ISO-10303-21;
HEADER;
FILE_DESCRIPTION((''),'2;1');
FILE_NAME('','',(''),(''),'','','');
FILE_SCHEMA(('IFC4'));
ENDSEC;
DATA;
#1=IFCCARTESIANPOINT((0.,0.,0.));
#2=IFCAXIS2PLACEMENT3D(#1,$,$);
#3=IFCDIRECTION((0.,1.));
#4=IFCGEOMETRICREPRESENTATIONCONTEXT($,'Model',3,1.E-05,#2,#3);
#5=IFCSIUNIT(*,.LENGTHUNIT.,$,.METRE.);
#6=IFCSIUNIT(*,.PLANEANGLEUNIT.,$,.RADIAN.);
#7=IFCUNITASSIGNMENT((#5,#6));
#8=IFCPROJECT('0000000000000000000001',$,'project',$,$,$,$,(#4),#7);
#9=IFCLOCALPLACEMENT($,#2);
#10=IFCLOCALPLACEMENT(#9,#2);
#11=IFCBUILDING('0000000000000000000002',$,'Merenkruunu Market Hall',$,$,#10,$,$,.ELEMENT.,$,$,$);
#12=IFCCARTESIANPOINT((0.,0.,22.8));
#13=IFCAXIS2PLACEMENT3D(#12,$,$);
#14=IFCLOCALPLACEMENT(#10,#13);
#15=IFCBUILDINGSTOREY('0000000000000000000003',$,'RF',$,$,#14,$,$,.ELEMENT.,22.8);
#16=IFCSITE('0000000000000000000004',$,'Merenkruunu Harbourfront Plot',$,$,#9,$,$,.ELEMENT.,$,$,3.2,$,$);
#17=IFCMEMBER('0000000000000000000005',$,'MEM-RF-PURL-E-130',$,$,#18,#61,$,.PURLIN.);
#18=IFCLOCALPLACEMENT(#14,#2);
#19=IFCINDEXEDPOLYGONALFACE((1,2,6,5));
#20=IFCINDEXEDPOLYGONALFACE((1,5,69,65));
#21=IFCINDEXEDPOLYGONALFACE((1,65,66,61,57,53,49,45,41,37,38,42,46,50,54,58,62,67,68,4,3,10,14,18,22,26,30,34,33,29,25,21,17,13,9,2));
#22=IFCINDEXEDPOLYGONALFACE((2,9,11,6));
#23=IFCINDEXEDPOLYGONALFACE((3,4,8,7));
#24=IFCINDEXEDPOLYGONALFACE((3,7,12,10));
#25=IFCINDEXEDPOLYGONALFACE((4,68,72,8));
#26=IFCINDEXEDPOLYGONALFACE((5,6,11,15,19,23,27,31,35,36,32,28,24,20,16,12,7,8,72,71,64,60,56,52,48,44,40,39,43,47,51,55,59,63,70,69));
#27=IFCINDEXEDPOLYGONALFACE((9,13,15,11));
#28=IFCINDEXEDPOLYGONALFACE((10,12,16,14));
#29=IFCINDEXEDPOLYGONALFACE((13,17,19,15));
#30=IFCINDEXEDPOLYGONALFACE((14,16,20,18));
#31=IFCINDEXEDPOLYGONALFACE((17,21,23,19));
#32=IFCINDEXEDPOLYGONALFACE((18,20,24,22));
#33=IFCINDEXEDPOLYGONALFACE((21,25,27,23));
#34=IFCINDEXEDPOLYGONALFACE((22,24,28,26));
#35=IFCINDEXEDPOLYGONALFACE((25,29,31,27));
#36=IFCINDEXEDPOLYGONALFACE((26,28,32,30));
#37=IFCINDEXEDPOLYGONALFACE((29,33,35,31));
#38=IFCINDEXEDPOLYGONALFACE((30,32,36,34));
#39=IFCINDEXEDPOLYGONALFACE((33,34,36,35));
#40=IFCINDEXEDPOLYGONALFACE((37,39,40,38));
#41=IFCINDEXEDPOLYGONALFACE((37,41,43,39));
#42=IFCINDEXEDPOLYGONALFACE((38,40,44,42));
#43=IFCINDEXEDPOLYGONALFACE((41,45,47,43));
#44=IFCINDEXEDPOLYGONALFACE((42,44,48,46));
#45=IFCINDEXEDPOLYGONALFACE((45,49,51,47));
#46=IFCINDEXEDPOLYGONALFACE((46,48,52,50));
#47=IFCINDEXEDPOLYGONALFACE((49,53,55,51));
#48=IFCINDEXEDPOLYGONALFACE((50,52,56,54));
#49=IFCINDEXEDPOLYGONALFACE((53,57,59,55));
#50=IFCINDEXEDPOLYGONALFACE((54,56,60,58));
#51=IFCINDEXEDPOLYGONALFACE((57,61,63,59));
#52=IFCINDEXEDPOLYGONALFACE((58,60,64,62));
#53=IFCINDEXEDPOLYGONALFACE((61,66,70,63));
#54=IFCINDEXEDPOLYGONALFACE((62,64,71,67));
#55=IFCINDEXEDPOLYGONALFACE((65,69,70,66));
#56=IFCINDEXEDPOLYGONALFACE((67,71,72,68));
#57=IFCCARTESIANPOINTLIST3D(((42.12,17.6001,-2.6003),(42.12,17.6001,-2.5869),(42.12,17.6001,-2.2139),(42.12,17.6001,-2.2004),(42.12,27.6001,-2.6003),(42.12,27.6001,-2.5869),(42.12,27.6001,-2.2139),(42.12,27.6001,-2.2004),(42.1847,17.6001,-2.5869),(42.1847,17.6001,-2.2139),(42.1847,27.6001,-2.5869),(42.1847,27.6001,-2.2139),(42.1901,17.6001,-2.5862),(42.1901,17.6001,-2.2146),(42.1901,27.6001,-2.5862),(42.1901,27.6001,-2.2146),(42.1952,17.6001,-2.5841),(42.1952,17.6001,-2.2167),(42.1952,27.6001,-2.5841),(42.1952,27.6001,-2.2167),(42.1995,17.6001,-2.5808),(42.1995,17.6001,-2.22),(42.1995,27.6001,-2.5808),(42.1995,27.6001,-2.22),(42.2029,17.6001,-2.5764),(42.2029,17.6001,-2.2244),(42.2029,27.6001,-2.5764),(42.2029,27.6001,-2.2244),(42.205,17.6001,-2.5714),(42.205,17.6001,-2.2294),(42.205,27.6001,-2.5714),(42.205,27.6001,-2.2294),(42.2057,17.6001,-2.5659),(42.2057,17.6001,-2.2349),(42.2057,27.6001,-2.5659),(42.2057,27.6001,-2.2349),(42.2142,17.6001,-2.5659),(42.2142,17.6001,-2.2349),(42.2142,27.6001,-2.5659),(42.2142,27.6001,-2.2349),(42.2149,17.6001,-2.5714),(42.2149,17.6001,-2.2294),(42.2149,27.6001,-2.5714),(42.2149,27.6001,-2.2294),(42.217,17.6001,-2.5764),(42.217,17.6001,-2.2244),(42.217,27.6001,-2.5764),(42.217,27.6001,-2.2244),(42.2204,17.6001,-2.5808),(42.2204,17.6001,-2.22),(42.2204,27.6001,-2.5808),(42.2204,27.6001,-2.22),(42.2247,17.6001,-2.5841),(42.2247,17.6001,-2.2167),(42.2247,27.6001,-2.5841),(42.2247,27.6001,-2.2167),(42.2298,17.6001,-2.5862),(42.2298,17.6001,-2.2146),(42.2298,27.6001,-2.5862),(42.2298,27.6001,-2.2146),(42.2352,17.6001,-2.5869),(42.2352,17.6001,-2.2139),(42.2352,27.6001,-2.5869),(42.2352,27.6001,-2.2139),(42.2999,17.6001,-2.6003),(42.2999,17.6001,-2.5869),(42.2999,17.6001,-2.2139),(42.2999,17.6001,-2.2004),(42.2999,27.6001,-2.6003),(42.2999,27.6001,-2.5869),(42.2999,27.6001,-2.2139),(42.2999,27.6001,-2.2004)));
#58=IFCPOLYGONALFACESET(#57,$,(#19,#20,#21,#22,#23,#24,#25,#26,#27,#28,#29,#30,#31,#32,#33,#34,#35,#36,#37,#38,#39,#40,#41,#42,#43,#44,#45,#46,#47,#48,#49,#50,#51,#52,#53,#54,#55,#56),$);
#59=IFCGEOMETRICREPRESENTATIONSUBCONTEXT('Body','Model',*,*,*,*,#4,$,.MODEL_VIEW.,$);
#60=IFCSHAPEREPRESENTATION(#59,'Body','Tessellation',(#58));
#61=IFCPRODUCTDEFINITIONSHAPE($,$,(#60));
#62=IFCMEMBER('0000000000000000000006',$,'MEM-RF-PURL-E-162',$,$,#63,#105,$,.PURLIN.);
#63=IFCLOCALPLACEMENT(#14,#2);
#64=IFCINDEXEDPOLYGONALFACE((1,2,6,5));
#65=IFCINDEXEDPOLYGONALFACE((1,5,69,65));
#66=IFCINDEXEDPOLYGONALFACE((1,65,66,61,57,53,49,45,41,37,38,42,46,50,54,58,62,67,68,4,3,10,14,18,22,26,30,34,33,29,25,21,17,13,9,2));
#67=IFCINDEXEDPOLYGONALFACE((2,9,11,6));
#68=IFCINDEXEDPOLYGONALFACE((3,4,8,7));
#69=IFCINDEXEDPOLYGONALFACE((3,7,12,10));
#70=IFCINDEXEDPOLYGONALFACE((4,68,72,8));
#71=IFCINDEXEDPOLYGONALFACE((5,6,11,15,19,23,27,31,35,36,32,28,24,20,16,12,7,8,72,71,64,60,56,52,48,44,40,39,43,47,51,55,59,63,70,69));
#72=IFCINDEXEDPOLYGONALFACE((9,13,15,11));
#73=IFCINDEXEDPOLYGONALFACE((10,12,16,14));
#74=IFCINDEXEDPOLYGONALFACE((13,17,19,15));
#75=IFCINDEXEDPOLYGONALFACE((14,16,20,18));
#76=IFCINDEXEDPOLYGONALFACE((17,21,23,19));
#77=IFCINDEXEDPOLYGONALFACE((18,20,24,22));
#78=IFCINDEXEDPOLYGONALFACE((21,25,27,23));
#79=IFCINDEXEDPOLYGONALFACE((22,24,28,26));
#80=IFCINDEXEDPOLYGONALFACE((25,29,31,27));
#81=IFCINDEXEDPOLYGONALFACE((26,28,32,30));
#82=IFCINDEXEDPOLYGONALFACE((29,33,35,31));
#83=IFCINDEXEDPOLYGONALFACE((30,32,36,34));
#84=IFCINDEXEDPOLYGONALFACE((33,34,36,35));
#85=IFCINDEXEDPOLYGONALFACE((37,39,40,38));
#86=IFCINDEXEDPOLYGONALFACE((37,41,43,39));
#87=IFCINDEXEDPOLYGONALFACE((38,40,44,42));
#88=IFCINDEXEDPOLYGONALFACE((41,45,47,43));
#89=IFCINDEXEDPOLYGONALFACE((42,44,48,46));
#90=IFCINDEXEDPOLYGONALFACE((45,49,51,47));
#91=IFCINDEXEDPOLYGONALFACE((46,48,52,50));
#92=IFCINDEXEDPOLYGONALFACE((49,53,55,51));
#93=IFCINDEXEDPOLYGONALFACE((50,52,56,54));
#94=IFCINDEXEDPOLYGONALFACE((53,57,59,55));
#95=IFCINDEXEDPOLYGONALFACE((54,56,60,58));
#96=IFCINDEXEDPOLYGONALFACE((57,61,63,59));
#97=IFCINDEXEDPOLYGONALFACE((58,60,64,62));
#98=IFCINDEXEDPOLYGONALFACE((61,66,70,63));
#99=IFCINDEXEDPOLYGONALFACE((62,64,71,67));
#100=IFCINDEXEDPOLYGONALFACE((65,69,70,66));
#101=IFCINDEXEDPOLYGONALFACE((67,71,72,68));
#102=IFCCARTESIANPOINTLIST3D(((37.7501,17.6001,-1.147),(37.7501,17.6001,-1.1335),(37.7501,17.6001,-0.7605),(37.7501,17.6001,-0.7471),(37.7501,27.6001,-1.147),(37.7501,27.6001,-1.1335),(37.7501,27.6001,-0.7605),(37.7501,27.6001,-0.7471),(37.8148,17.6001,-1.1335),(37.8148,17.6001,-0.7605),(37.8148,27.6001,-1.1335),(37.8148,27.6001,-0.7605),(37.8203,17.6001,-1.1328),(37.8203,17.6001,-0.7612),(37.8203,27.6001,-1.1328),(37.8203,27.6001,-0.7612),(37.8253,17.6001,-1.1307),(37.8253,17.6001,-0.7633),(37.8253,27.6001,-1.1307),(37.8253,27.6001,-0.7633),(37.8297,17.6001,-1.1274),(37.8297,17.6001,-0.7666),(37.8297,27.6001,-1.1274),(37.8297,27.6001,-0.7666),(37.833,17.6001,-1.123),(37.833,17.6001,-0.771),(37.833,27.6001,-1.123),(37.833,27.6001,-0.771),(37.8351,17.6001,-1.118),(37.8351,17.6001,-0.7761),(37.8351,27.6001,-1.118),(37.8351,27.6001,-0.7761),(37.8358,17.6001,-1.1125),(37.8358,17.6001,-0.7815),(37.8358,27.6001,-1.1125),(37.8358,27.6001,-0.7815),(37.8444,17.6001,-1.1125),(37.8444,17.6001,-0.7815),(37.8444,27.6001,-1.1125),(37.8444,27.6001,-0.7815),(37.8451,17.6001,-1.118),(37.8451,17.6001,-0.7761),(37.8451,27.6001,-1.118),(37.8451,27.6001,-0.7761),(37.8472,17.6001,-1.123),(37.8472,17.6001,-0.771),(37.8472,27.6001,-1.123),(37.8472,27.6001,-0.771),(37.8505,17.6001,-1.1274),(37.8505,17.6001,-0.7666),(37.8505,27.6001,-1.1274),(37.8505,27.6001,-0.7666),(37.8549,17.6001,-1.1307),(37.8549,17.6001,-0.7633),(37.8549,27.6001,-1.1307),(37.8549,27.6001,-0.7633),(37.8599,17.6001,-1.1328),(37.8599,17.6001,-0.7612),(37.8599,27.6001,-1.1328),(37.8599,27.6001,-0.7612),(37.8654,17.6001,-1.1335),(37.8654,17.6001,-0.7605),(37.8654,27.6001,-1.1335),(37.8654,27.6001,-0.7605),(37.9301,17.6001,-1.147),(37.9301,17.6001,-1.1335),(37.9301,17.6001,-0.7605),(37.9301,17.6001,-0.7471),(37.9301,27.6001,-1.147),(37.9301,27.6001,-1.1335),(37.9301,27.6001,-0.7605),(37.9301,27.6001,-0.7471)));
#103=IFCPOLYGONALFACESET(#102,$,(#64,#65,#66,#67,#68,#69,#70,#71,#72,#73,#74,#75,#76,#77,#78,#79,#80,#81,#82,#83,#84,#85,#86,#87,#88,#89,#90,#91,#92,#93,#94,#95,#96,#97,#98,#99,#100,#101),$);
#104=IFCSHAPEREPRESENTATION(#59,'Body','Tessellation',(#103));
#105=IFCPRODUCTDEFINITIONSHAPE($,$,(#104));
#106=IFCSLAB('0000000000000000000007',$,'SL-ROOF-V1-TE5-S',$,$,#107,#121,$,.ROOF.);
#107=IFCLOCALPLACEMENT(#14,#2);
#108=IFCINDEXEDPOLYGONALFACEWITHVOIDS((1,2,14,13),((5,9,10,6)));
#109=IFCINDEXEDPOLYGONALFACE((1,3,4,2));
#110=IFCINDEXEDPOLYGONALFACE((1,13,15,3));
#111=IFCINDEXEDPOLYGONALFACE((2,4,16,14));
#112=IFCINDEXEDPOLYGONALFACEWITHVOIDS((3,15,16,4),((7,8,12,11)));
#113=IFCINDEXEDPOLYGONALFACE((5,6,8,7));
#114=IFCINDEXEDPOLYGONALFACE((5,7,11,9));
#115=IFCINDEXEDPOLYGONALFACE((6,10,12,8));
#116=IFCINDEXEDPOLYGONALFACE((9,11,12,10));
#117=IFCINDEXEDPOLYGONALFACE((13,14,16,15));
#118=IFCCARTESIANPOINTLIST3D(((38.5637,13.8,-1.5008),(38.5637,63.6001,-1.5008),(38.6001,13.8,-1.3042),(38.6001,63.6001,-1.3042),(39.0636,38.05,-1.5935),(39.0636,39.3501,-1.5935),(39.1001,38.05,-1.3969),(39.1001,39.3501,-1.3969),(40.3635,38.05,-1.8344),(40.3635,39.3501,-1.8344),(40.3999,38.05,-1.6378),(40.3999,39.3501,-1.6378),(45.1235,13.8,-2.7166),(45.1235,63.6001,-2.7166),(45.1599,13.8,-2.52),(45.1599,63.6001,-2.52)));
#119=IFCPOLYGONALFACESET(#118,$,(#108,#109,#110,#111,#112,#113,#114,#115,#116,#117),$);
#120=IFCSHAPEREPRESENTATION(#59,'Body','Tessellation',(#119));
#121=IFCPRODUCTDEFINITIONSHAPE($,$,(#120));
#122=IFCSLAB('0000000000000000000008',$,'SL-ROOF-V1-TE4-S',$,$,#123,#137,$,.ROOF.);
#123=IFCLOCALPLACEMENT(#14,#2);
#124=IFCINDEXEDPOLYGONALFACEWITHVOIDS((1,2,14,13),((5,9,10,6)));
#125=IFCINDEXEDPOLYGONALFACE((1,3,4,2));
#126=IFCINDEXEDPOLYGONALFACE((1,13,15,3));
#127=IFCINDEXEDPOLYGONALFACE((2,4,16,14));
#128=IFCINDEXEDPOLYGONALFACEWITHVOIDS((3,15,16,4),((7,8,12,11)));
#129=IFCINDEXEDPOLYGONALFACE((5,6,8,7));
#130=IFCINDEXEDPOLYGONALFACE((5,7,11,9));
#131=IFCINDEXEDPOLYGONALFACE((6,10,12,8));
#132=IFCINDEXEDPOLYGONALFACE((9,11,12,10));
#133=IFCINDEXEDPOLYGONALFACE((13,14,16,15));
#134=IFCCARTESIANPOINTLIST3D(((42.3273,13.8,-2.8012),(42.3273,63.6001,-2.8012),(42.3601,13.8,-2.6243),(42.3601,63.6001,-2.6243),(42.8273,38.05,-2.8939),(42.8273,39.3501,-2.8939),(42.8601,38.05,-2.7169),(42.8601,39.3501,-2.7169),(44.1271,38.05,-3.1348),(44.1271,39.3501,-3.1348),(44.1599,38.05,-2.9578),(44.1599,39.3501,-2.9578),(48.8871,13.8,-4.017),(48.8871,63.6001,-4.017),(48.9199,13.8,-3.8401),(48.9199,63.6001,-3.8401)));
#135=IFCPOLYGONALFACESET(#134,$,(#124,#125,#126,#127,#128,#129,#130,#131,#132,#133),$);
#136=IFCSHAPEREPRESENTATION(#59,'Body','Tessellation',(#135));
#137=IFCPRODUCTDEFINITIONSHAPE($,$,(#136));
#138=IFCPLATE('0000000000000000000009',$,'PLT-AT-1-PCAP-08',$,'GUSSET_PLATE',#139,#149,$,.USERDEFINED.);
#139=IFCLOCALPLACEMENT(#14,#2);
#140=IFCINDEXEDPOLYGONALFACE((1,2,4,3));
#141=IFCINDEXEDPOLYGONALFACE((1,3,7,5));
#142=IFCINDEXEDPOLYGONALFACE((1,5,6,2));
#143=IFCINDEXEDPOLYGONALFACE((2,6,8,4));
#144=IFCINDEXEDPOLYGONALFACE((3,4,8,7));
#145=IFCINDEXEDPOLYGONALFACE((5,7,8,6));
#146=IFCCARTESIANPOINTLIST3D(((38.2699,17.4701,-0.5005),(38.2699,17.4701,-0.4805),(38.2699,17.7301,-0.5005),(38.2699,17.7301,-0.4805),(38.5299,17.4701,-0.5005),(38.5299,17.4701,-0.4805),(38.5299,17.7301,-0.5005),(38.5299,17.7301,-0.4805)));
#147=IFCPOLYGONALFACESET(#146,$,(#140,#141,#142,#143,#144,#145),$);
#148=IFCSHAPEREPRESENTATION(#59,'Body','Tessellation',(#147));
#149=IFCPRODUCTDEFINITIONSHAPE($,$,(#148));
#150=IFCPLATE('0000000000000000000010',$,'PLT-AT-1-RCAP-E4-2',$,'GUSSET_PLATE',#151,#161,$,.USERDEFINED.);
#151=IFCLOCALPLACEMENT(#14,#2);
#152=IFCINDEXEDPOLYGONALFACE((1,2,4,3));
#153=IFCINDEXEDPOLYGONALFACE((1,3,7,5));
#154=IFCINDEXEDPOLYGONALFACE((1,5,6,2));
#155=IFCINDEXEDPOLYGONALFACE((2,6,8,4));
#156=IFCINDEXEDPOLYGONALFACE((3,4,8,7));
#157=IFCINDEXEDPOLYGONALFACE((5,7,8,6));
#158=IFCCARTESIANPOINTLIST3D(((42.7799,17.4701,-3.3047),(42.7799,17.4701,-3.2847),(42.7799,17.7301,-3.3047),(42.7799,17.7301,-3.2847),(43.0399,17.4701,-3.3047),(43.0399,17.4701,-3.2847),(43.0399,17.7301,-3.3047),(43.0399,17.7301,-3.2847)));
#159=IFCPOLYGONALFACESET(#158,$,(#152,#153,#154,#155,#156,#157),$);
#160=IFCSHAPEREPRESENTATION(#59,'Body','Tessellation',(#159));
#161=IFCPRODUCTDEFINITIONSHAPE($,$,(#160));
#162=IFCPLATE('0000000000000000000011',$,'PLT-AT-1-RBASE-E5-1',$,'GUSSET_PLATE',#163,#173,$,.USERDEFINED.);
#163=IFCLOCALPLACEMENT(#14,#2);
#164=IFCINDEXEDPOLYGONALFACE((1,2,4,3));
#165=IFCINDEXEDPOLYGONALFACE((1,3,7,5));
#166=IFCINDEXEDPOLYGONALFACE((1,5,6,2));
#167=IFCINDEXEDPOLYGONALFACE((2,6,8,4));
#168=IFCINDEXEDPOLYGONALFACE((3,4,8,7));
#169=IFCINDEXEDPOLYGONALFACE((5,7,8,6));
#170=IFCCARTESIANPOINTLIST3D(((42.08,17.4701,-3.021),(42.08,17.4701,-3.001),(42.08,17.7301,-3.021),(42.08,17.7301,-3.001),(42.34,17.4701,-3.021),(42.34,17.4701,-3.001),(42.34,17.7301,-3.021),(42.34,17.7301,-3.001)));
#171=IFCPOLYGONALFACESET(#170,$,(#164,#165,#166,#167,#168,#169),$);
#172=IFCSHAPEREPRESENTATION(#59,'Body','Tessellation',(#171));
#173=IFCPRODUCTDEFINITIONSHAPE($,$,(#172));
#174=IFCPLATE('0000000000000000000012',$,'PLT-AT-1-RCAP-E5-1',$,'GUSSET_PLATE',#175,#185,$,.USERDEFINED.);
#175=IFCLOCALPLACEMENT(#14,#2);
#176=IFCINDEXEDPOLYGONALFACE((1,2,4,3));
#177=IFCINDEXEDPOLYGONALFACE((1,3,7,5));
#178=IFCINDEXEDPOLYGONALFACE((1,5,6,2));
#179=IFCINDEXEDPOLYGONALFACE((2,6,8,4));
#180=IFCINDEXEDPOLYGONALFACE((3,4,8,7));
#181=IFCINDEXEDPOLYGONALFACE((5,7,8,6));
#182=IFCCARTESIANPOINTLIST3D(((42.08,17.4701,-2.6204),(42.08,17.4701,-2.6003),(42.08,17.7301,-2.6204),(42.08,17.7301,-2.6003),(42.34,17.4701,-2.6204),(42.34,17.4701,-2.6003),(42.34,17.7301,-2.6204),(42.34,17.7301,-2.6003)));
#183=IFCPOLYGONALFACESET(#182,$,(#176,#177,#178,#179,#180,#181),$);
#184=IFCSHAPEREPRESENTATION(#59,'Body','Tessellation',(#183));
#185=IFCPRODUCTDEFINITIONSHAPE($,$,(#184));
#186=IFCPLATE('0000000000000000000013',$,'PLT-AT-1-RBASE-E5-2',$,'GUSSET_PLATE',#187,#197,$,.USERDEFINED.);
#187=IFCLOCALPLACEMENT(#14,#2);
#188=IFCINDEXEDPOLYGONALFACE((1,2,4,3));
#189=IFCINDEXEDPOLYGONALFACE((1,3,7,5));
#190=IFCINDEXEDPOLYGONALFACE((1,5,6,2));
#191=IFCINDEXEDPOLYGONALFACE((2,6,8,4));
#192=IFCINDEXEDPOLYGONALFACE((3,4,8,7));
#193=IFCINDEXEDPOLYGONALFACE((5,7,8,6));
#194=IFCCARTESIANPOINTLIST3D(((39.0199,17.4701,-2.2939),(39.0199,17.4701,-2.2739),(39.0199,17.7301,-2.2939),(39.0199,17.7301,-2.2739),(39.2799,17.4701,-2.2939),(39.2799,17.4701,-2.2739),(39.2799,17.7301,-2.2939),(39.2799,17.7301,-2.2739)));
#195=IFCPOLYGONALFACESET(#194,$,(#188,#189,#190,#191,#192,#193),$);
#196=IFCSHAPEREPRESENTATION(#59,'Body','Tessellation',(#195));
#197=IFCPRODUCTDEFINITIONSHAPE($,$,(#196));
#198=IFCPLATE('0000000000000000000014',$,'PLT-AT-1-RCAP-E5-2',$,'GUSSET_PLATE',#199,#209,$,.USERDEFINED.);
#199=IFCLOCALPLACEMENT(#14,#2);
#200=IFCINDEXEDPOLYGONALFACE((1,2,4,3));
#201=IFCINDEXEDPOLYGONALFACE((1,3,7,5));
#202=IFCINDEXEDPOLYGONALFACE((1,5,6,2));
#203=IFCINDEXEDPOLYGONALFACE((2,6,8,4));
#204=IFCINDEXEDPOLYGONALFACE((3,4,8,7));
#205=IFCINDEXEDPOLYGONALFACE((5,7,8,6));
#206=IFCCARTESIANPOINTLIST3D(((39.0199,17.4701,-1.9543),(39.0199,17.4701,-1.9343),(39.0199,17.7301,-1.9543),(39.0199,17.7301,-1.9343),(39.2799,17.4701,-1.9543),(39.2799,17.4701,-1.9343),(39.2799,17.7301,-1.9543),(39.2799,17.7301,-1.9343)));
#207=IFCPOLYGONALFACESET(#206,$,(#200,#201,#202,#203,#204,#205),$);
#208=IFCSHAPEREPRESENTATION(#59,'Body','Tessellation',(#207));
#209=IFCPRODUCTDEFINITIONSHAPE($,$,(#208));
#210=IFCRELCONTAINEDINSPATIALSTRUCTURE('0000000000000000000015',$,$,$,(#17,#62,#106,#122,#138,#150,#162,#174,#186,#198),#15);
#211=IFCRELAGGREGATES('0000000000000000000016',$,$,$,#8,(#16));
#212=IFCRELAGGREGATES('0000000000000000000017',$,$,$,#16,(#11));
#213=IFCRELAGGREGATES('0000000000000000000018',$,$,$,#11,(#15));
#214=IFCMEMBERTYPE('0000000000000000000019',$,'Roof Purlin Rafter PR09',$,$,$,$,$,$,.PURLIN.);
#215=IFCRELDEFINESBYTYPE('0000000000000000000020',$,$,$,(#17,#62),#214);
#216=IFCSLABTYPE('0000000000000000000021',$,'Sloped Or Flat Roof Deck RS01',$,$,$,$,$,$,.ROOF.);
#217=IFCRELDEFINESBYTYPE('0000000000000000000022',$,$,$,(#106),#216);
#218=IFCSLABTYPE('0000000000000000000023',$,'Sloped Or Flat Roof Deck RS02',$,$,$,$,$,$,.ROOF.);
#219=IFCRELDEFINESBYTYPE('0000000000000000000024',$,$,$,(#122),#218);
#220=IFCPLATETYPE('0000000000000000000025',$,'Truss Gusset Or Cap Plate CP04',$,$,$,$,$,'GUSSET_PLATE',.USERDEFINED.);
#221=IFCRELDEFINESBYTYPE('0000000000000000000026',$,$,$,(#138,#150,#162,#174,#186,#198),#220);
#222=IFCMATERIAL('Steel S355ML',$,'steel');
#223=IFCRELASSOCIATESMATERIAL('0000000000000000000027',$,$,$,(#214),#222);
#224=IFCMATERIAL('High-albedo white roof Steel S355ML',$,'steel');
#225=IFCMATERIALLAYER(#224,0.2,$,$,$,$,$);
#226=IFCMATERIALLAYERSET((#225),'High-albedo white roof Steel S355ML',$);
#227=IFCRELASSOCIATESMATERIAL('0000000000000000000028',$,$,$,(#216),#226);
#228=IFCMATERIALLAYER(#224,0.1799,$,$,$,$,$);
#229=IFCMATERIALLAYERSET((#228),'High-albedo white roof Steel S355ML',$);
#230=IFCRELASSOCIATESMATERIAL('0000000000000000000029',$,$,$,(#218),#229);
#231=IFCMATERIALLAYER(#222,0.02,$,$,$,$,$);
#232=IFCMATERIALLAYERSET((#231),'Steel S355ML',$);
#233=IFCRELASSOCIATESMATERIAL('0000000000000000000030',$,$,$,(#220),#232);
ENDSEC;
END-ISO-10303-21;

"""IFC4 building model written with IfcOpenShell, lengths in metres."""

from ifc_helpers import new_model, si_unit, direction, frame, origin, origin_2d, place, context, subcontext, project, spatial, polyline, rectangle, i_section, outline, extrude, material, layer, layer_set, material_profile, profile_set, type_object, element, save


model = new_model("IFC4")

# Units and contexts
model_context = context("Model", 3, precision=1e-05, world=origin(), true_north=direction((0.0, 1.0)))
body_context = subcontext(model_context, "Body", "Model", "MODEL_VIEW")
ifc_project = project(units=[si_unit("LENGTHUNIT", "METRE"), si_unit("PLANEANGLEUNIT", "RADIAN")], contexts=[model_context])

# Site, building, storey
site_placement = place(None, origin())
site = spatial("IfcSite", under=ifc_project, at=site_placement, Name="Merenkruunu Harbourfront Plot", CompositionType="ELEMENT", RefElevation=3.2)
building_placement = place(site_placement, origin())
building = spatial("IfcBuilding", under=site, at=building_placement, Name="Merenkruunu Market Hall", CompositionType="ELEMENT")
storey_placement = place(building_placement, frame((0.0, 0.0, 22.8)))
storey = spatial("IfcBuildingStorey", under=building, at=storey_placement, Name="RF", CompositionType="ELEMENT", Elevation=22.8)

# Shared definitions
ifc_material_1 = material(Name="Steel S355ML", Category="steel")

# Members
ifc_material_profile_1 = material_profile(ifc_material_1, i_section(OverallWidth=0.1799, OverallDepth=0.3999, WebThickness=0.0085, FlangeThickness=0.0134, FilletRadius=0.021, at=origin_2d()), Name="IPE 400")
ifc_profile_set_1 = profile_set([ifc_material_profile_1], Name="Steel S355ML")
member_type_1 = type_object("IfcMemberType", Name="Roof Purlin Rafter PR09", PredefinedType="PURLIN", material=ifc_profile_set_1)
for number, where, z_axis, x_axis, name in (
    (1, (42.21, 17.6001, -2.4004), (0.0, 1.0, 0.0), (-1.0, 0.0, 0.0), "MEM-RF-PURL-E-130"),
    (2, (37.8401, 17.6001, -0.947), (0.0, 1.0, 0.0), (-1.0, 0.0, 0.0), "MEM-RF-PURL-E-162"),
):
    element("IfcMember", number, at=place(storey_placement, frame(where, z_axis=z_axis, x_axis=x_axis)), inside=storey, type_object=member_type_1, Name=name, PredefinedType="PURLIN", context=body_context, shape_type="SweptSolid", body=[
        extrude(i_section(OverallWidth=0.1799, OverallDepth=0.3999, WebThickness=0.0085, FlangeThickness=0.0134, FilletRadius=0.021, at=origin_2d()), origin(), (0.0, 0.0, 1.0), 10.0),
    ])

# Slabs
ifc_material_2 = material(Name="High-albedo white roof Steel S355ML", Category="steel")
ifc_layer_1 = layer(ifc_material_2, 0.2)
ifc_layer_set_1 = layer_set([ifc_layer_1], Name="High-albedo white roof Steel S355ML")
slab_type_1 = type_object("IfcSlabType", Name="Sloped Or Flat Roof Deck RS01", PredefinedType="ROOF", material=ifc_layer_set_1)
slab_1_placement = place(storey_placement, frame((38.6001, 13.8, -1.3042), z_axis=(0.18224, 0.0, 0.983254), x_axis=(0.983254, 0.0, -0.18224)))
element("IfcSlab", 3, at=slab_1_placement, inside=storey, type_object=slab_type_1, Name="SL-ROOF-V1-TE5-S", PredefinedType="ROOF", context=body_context, shape_type="SweptSolid", body=[
    extrude(outline(polyline([(0.0, 0.0), (6.6715, 0.0), (6.6715, 49.8), (0.0, 49.8), (0.0, 0.0)]), holes=[polyline([(0.5085, 24.25), (1.8305, 24.25), (1.8305, 25.55), (0.5085, 25.55), (0.5085, 24.25)])]), origin(), (0.0, 0.0, -1.0), 0.2),
])
ifc_layer_2 = layer(ifc_material_2, 0.1799)
ifc_layer_set_2 = layer_set([ifc_layer_2], Name="High-albedo white roof Steel S355ML")
slab_type_2 = type_object("IfcSlabType", Name="Sloped Or Flat Roof Deck RS02", PredefinedType="ROOF", material=ifc_layer_set_2)
slab_2_placement = place(storey_placement, frame((42.3601, 13.8, -2.6243), z_axis=(0.18224, 0.0, 0.983254), x_axis=(0.983254, 0.0, -0.18224)))
element("IfcSlab", 4, at=slab_2_placement, inside=storey, type_object=slab_type_2, Name="SL-ROOF-V1-TE4-S", PredefinedType="ROOF", context=body_context, shape_type="SweptSolid", body=[
    extrude(outline(polyline([(0.0, 0.0), (6.6715, 0.0), (6.6715, 49.8), (0.0, 49.8), (0.0, 0.0)]), holes=[polyline([(0.5085, 24.25), (1.8304, 24.25), (1.8304, 25.55), (0.5085, 25.55), (0.5085, 24.25)])]), origin(), (0.0, 0.0, -1.0), 0.1799),
])

# Plates
ifc_layer_3 = layer(ifc_material_1, 0.02)
ifc_layer_set_3 = layer_set([ifc_layer_3], Name="Steel S355ML")
plate_type_1 = type_object("IfcPlateType", Name="Truss Gusset Or Cap Plate CP04", ElementType="GUSSET_PLATE", PredefinedType="USERDEFINED", material=ifc_layer_set_3)
for number, where, z_axis, x_axis, name in (
    (5, (38.3999, 17.6001, -0.5005), (0.0, 0.0, 1.0), (1.0, 0.0, 0.0), "PLT-AT-1-PCAP-08"),
    (6, (42.9099, 17.6001, -3.3047), (0.0, 0.0, 1.0), (1.0, 0.0, 0.0), "PLT-AT-1-RCAP-E4-2"),
    (7, (42.21, 17.6001, -3.021), (0.0, 0.0, 1.0), (1.0, 0.0, 0.0), "PLT-AT-1-RBASE-E5-1"),
    (8, (42.21, 17.6001, -2.6204), (0.0, 0.0, 1.0), (1.0, 0.0, 0.0), "PLT-AT-1-RCAP-E5-1"),
    (9, (39.1499, 17.6001, -2.2939), (0.0, 0.0, 1.0), (1.0, 0.0, 0.0), "PLT-AT-1-RBASE-E5-2"),
    (10, (39.1499, 17.6001, -1.9543), (0.0, 0.0, 1.0), (1.0, 0.0, 0.0), "PLT-AT-1-RCAP-E5-2"),
):
    element("IfcPlate", number, at=place(storey_placement, frame(where, z_axis=z_axis, x_axis=x_axis)), inside=storey, type_object=plate_type_1, Name=name, ObjectType="GUSSET_PLATE", PredefinedType="USERDEFINED", context=body_context, shape_type="SweptSolid", body=[
        extrude(rectangle(XDim=0.26, YDim=0.26, at=origin_2d()), origin(), (0.0, 0.0, 1.0), 0.02),
    ])

save(model, "model.ifc")
